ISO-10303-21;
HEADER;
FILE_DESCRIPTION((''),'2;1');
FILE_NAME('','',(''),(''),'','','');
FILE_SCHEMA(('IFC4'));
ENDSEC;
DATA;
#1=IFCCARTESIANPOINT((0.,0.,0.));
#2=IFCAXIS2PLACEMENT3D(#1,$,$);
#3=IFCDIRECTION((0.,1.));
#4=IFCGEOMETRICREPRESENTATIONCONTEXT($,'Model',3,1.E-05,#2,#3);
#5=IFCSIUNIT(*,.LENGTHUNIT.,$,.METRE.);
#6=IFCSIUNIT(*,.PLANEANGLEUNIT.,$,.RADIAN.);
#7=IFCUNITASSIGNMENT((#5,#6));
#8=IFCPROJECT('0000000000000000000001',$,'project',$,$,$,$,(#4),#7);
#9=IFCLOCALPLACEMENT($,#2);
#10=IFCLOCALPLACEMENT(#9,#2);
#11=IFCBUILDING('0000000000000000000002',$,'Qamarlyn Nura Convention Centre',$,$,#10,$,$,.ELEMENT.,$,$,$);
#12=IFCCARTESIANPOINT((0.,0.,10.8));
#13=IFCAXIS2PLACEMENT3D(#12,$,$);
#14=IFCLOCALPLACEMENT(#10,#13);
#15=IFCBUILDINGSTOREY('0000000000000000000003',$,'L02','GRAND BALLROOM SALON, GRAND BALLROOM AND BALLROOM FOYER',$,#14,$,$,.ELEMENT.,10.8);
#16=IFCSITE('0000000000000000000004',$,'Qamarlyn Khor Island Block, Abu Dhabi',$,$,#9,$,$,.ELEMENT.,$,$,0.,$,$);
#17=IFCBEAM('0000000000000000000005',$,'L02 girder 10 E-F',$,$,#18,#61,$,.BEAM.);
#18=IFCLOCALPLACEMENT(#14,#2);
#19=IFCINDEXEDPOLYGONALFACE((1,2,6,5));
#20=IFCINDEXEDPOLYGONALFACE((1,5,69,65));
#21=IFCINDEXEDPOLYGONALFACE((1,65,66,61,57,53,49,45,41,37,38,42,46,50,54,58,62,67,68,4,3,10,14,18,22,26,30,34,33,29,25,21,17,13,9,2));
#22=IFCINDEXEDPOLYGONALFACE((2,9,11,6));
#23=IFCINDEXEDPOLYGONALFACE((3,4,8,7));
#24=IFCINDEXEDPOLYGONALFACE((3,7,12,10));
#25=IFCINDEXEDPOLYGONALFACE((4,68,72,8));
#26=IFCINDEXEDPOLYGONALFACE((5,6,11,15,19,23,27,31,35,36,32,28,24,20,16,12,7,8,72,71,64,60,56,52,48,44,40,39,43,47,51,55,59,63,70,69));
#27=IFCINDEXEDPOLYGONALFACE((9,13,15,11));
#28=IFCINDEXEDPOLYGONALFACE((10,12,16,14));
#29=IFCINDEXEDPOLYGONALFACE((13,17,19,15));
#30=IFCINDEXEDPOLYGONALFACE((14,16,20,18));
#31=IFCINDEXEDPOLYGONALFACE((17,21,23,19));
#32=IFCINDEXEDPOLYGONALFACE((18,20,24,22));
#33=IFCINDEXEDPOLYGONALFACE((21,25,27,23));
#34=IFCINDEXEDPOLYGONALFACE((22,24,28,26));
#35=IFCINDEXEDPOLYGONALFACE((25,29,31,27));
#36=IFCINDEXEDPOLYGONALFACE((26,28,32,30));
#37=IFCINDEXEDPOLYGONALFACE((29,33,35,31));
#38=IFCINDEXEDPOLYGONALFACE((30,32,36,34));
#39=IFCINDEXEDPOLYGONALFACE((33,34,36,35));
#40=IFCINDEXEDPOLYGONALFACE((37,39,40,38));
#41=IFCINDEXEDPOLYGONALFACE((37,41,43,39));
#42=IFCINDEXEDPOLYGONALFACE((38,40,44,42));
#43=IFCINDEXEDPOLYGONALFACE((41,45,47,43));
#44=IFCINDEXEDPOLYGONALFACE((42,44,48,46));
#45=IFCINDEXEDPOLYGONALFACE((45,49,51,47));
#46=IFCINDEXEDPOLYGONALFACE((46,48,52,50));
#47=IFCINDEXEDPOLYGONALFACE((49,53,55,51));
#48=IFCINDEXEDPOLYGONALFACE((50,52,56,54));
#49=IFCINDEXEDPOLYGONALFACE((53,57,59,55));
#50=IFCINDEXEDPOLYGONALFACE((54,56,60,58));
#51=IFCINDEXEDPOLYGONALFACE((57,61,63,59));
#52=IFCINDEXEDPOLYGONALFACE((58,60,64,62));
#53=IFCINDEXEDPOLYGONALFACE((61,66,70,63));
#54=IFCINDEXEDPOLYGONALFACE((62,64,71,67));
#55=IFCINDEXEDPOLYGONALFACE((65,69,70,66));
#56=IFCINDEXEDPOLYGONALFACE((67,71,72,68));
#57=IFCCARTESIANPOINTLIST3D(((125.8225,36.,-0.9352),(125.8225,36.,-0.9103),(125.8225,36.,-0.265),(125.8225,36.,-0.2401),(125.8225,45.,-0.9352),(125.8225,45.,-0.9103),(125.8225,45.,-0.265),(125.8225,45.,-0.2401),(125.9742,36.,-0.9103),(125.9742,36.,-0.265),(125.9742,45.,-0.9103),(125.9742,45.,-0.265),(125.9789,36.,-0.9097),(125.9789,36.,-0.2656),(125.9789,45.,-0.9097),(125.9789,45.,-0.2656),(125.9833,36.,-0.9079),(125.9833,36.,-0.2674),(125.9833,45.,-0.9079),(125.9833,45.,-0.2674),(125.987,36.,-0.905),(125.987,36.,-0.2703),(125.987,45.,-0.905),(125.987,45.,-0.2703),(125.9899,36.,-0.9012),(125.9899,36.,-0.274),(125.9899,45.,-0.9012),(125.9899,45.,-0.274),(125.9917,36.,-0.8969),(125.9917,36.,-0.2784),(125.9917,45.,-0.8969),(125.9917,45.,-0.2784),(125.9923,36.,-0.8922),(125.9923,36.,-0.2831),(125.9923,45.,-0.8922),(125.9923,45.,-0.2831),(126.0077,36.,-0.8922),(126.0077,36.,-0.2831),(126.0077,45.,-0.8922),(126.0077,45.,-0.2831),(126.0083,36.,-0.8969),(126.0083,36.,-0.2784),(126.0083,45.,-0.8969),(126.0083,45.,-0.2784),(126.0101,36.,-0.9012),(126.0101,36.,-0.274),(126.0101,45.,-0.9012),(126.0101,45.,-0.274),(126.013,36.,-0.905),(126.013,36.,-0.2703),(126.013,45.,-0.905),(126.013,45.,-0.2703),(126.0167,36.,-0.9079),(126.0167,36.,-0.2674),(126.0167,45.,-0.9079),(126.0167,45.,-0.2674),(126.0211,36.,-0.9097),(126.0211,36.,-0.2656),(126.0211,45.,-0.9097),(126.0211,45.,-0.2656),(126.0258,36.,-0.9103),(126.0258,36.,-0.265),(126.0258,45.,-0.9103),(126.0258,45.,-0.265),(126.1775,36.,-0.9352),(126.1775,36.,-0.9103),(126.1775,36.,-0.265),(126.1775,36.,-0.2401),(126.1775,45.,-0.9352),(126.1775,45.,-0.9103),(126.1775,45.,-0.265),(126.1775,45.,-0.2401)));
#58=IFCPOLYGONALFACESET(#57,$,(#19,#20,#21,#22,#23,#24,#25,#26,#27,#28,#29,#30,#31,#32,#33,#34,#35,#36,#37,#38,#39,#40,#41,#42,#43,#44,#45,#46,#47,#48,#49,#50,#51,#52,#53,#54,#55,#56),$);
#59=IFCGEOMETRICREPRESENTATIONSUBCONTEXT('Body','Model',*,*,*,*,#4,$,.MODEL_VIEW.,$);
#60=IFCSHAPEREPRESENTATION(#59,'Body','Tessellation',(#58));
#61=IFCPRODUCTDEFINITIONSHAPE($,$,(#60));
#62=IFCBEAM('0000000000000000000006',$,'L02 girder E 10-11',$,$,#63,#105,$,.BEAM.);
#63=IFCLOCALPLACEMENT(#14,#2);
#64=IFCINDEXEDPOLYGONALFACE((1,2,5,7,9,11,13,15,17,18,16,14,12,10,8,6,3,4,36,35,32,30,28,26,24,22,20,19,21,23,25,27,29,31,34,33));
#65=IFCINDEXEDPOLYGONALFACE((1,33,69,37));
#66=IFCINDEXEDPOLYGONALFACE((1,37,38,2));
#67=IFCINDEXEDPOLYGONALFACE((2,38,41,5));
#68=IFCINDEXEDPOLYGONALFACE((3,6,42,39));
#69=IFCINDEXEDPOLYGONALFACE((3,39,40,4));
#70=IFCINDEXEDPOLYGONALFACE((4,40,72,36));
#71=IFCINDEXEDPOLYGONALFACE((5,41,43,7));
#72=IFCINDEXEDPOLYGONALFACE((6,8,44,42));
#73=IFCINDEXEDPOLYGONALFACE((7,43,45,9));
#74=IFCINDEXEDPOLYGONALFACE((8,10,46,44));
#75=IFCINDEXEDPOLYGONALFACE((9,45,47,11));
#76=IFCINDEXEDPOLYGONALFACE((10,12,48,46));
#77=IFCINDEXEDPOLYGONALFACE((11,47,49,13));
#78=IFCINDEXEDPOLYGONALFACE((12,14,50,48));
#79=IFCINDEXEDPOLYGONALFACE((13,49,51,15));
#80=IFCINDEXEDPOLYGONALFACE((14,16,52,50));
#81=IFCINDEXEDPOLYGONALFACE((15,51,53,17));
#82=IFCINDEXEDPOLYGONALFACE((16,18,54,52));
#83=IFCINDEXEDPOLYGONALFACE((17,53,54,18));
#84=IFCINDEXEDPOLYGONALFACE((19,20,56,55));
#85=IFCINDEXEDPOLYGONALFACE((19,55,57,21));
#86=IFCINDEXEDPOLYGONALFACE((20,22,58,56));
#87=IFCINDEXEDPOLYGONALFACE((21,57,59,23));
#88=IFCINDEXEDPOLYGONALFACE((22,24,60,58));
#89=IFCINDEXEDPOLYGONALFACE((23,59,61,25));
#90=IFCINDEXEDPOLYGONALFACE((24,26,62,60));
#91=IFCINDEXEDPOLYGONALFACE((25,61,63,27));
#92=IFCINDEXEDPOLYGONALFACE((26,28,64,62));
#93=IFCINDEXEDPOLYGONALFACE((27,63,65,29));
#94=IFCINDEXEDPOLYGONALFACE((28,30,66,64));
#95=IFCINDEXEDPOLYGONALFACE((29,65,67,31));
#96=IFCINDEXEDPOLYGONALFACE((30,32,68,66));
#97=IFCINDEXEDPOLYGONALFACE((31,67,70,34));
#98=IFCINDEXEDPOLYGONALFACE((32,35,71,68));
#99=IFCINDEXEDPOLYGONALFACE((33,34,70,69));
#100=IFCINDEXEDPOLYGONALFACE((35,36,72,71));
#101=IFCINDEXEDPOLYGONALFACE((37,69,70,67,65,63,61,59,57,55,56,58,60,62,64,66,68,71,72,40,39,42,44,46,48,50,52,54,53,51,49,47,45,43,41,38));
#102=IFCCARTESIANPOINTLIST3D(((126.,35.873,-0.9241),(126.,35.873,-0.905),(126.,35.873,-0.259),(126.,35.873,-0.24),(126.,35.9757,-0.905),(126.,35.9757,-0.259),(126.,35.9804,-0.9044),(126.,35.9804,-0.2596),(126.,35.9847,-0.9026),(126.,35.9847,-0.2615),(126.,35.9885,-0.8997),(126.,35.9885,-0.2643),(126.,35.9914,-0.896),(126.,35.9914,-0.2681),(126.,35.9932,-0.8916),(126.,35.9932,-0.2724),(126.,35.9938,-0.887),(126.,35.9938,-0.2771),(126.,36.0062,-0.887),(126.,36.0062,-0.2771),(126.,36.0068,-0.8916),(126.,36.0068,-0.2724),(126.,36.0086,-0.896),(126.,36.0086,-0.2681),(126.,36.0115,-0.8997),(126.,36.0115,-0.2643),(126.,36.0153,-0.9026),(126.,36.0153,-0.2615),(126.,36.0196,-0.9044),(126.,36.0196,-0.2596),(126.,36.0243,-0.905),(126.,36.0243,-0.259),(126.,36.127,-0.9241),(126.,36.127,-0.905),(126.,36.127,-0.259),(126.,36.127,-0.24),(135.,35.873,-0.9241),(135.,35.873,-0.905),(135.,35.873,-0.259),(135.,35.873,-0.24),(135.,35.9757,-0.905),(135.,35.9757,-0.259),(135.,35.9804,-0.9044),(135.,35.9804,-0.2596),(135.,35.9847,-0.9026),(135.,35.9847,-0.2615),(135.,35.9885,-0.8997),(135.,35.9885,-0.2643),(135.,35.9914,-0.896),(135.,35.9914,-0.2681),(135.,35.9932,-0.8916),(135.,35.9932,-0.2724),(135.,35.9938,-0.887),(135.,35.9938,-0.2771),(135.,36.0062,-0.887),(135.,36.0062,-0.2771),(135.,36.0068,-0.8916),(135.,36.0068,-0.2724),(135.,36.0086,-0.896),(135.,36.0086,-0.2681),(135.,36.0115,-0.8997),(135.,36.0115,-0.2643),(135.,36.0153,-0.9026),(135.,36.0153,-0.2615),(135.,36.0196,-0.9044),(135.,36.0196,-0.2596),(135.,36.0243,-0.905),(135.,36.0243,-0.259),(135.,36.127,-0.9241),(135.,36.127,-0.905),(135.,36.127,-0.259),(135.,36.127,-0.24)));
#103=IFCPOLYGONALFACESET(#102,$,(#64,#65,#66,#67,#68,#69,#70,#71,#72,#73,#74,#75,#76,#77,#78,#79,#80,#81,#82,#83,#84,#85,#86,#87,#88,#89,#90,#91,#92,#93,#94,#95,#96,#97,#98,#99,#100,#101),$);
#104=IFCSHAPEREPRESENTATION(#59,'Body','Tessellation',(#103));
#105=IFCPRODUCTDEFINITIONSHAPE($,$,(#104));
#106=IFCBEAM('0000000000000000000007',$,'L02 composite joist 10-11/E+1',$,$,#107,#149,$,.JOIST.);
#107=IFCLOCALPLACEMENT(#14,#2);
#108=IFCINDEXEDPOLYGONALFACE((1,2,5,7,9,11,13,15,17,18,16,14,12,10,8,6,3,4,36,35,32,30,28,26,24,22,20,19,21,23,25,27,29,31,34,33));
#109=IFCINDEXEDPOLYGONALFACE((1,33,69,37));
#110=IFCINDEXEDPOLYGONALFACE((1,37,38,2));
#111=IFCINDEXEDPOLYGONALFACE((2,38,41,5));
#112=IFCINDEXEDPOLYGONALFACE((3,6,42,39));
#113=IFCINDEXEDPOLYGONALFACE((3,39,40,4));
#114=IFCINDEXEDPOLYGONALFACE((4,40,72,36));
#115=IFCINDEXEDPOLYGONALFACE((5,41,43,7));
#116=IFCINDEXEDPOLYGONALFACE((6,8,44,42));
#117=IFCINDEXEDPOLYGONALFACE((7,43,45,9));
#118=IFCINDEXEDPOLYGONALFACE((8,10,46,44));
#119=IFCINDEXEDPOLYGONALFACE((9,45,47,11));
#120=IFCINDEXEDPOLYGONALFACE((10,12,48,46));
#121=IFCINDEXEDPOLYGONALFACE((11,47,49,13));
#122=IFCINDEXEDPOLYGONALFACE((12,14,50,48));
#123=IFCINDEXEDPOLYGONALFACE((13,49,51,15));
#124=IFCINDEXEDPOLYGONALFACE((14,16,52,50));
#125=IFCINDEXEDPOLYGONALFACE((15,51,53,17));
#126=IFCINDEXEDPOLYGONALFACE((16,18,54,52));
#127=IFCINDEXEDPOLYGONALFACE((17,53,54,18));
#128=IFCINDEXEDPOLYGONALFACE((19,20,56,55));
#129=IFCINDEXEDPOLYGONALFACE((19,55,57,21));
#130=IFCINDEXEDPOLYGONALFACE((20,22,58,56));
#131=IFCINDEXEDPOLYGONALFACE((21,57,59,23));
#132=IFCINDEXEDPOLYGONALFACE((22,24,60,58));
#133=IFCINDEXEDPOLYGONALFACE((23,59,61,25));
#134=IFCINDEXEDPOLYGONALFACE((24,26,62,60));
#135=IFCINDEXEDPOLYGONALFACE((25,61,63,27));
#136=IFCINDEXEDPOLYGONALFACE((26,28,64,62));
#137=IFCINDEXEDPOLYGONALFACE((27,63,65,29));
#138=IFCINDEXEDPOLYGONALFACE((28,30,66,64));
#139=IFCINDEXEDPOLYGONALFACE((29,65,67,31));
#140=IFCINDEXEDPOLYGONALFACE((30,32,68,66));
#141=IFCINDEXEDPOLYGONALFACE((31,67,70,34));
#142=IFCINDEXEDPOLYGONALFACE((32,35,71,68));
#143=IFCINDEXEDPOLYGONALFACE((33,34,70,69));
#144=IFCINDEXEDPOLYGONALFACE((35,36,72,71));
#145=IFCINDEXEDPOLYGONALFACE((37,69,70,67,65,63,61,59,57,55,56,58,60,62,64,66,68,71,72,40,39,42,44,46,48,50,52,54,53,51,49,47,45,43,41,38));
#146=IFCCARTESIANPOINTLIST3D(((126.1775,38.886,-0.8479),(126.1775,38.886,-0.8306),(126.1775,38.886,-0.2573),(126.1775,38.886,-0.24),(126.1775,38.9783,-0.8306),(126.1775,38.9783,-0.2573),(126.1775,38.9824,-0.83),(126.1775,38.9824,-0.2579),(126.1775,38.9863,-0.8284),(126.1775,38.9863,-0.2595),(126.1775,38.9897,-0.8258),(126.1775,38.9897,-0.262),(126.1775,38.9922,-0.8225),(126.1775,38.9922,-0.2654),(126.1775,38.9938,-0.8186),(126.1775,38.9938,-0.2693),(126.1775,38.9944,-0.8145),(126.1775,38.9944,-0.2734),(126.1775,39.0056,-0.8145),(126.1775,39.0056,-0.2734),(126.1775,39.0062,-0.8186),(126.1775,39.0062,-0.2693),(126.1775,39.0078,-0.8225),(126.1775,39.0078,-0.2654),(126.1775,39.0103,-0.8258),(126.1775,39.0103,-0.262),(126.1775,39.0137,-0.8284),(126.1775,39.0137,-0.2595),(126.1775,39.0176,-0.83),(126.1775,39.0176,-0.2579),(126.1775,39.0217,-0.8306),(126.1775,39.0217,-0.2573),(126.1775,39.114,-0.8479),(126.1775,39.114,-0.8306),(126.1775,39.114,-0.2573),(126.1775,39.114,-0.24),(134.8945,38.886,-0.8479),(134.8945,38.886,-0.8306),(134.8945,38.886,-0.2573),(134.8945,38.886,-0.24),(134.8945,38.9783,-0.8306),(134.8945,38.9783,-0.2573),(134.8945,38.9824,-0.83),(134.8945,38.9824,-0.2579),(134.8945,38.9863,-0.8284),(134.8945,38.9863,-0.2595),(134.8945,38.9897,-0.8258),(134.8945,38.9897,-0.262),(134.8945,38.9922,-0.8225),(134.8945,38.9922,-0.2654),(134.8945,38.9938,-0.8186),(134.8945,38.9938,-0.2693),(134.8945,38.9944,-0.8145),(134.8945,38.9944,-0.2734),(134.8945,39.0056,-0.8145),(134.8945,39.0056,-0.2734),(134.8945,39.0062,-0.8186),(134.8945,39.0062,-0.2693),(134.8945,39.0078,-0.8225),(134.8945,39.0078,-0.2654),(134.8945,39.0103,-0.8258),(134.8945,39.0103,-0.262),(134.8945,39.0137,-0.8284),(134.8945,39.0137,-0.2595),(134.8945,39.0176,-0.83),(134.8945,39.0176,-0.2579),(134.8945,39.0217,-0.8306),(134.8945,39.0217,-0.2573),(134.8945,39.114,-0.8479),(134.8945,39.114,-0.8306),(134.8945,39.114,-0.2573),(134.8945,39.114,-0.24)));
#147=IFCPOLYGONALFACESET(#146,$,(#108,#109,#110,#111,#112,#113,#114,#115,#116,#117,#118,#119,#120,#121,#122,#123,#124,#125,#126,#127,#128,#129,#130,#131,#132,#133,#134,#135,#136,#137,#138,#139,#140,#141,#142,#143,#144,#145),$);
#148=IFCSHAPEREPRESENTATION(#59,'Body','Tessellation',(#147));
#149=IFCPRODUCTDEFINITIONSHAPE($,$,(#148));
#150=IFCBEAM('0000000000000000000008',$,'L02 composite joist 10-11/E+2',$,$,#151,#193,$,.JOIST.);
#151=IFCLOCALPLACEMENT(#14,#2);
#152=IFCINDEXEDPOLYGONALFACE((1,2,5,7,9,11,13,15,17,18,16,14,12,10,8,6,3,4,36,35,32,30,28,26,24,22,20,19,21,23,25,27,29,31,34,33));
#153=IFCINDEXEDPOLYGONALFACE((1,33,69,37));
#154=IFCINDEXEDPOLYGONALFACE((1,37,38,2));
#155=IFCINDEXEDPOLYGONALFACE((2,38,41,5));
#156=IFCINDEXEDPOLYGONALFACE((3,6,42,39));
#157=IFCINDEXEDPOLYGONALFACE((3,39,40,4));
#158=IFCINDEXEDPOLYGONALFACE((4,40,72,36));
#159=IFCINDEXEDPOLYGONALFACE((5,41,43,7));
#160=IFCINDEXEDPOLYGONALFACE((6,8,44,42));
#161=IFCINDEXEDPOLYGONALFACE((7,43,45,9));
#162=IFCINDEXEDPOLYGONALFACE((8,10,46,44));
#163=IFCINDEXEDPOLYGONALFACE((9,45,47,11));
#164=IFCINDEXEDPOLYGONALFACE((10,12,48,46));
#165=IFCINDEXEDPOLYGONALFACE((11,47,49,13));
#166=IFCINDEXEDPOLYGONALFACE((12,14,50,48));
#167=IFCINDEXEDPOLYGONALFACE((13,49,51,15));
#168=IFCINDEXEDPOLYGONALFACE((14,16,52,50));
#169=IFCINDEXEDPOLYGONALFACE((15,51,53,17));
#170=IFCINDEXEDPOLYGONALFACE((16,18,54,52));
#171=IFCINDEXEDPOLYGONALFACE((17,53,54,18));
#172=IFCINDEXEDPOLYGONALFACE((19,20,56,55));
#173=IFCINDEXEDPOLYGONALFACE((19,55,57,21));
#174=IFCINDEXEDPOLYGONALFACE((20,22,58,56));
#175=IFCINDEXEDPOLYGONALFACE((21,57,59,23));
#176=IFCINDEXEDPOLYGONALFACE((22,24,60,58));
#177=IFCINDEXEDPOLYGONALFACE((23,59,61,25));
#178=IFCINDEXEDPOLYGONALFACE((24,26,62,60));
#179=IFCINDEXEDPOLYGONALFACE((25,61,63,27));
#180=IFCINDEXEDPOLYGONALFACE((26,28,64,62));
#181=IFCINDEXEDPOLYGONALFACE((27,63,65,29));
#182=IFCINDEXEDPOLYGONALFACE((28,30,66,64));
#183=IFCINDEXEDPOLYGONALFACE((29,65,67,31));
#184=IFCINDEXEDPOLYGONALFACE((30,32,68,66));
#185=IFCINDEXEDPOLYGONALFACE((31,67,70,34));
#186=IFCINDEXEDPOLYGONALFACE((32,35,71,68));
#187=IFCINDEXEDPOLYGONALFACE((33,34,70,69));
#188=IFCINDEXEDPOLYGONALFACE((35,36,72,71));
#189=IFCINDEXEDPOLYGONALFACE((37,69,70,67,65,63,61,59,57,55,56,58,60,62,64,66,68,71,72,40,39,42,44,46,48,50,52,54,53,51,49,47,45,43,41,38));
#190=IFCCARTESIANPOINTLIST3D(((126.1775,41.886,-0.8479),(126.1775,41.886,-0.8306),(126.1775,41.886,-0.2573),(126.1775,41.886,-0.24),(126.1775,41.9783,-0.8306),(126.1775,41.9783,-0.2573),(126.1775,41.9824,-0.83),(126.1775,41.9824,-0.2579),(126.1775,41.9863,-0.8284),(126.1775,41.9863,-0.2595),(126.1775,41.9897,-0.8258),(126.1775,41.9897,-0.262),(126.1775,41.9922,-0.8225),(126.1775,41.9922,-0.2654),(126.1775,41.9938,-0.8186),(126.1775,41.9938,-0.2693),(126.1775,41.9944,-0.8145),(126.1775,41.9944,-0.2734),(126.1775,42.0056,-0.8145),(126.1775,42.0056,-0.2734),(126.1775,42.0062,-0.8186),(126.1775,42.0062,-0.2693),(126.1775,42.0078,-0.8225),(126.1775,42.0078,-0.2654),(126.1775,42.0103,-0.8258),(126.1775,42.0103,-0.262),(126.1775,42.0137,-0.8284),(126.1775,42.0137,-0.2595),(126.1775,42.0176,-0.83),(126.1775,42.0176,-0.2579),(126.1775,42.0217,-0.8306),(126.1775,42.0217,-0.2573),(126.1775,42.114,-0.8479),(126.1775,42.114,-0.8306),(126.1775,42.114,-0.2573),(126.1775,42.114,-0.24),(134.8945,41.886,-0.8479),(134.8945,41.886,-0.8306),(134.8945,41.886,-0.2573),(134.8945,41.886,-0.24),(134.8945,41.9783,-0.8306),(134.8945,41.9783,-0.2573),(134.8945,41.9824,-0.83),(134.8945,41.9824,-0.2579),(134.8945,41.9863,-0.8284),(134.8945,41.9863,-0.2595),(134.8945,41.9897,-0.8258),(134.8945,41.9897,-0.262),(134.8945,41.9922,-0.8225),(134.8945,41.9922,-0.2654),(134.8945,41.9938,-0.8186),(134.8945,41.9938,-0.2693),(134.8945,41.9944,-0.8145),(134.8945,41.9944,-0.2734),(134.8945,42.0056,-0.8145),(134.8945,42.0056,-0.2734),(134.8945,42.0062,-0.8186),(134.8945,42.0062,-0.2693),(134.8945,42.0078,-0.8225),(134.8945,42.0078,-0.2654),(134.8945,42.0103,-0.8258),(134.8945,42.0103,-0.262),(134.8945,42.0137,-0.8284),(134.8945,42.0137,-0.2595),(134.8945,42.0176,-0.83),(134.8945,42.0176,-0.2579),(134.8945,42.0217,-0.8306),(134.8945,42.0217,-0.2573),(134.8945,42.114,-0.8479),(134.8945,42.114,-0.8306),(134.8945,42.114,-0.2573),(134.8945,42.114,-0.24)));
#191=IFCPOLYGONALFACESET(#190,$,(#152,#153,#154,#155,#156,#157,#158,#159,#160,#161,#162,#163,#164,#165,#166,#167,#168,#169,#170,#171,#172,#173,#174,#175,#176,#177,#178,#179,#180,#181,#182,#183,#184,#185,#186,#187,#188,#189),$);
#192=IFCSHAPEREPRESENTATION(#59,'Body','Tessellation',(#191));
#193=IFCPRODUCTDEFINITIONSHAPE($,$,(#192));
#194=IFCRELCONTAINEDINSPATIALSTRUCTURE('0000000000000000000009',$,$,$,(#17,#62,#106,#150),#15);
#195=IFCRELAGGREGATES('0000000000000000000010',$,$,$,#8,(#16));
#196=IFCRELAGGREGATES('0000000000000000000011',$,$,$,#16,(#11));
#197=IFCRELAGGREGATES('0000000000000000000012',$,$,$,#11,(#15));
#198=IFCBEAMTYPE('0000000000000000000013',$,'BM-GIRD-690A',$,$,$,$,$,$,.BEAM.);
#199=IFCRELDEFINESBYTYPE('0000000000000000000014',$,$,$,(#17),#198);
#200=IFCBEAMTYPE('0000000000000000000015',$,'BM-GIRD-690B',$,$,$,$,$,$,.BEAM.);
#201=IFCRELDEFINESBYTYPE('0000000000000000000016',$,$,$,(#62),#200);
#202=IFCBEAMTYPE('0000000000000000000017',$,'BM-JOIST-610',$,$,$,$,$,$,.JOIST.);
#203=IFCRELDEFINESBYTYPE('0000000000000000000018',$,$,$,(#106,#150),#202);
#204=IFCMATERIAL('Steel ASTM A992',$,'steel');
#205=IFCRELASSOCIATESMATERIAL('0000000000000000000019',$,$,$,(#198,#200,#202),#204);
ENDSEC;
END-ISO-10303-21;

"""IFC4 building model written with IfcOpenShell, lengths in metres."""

from ifc_helpers import new_model, si_unit, direction, frame, origin, origin_2d, place, context, subcontext, project, spatial, i_section, extrude, material, material_profile, profile_set, type_object, element, save


model = new_model("IFC4")

# Units and contexts
model_context = context("Model", 3, precision=1e-05, world=origin(), true_north=direction((0.0, 1.0)))
body_context = subcontext(model_context, "Body", "Model", "MODEL_VIEW")
ifc_project = project(units=[si_unit("LENGTHUNIT", "METRE"), si_unit("PLANEANGLEUNIT", "RADIAN")], contexts=[model_context])

# Site, building, storey
site_placement = place(None, origin())
site = spatial("IfcSite", under=ifc_project, at=site_placement, Name="Qamarlyn Khor Island Block, Abu Dhabi", CompositionType="ELEMENT", RefElevation=0.0)
building_placement = place(site_placement, origin())
building = spatial("IfcBuilding", under=site, at=building_placement, Name="Qamarlyn Nura Convention Centre", CompositionType="ELEMENT")
storey_placement = place(building_placement, frame((0.0, 0.0, 10.8)))
storey = spatial("IfcBuildingStorey", under=building, at=storey_placement, Name="L02", Description="GRAND BALLROOM SALON, GRAND BALLROOM AND BALLROOM FOYER", CompositionType="ELEMENT", Elevation=10.8)

# Shared definitions
ifc_material_1 = material(Name="Steel ASTM A992", Category="steel")

# Beams
ifc_material_profile_1 = material_profile(ifc_material_1, i_section(OverallWidth=0.355, OverallDepth=0.6951, WebThickness=0.0154, FlangeThickness=0.0249, FilletRadius=0.0181, at=origin_2d()), Name="W690X217")
ifc_profile_set_1 = profile_set([ifc_material_profile_1], Name="Steel ASTM A992")
beam_type_1 = type_object("IfcBeamType", Name="BM-GIRD-690A", PredefinedType="BEAM", material=ifc_profile_set_1)
beam_1_placement = place(storey_placement, frame((126.0, 36.0, -0.5876), z_axis=(0.0, 1.0, 0.0), x_axis=(-1.0, 0.0, 0.0)))
element("IfcBeam", 1, at=beam_1_placement, inside=storey, type_object=beam_type_1, Name="L02 girder 10 E-F", PredefinedType="BEAM", context=body_context, shape_type="SweptSolid", body=[
    extrude(i_section(OverallWidth=0.355, OverallDepth=0.6951, WebThickness=0.0154, FlangeThickness=0.0249, FilletRadius=0.0181, at=origin_2d()), origin(), (0.0, 0.0, 1.0), 9.0),
])
ifc_material_profile_2 = material_profile(ifc_material_1, i_section(OverallWidth=0.2539, OverallDepth=0.6841, WebThickness=0.0125, FlangeThickness=0.019, FilletRadius=0.0181, at=origin_2d()), Name="W690X140")
ifc_profile_set_2 = profile_set([ifc_material_profile_2], Name="Steel ASTM A992")
beam_type_2 = type_object("IfcBeamType", Name="BM-GIRD-690B", PredefinedType="BEAM", material=ifc_profile_set_2)
beam_2_placement = place(storey_placement, frame((126.0, 36.0, -0.582), z_axis=(1.0, 0.0, 0.0), x_axis=(0.0, 1.0, 0.0)))
element("IfcBeam", 2, at=beam_2_placement, inside=storey, type_object=beam_type_2, Name="L02 girder E 10-11", PredefinedType="BEAM", context=body_context, shape_type="SweptSolid", body=[
    extrude(i_section(OverallWidth=0.2539, OverallDepth=0.6841, WebThickness=0.0125, FlangeThickness=0.019, FilletRadius=0.0181, at=origin_2d()), origin(), (0.0, 0.0, 1.0), 9.0),
])
ifc_material_profile_3 = material_profile(ifc_material_1, i_section(OverallWidth=0.228, OverallDepth=0.6079, WebThickness=0.0112, FlangeThickness=0.0173, FilletRadius=0.0161, at=origin_2d()), Name="W610X113")
ifc_profile_set_3 = profile_set([ifc_material_profile_3], Name="Steel ASTM A992")
beam_type_3 = type_object("IfcBeamType", Name="BM-JOIST-610", PredefinedType="JOIST", material=ifc_profile_set_3)
for number, where, z_axis, x_axis, name in (
    (3, (126.1775, 39.0, -0.5439), (1.0, 0.0, 0.0), (0.0, 1.0, 0.0), "L02 composite joist 10-11/E+1"),
    (4, (126.1775, 42.0, -0.5439), (1.0, 0.0, 0.0), (0.0, 1.0, 0.0), "L02 composite joist 10-11/E+2"),
):
    element("IfcBeam", number, at=place(storey_placement, frame(where, z_axis=z_axis, x_axis=x_axis)), inside=storey, type_object=beam_type_3, Name=name, PredefinedType="JOIST", context=body_context, shape_type="SweptSolid", body=[
        extrude(i_section(OverallWidth=0.228, OverallDepth=0.6079, WebThickness=0.0112, FlangeThickness=0.0173, FilletRadius=0.0161, at=origin_2d()), origin(), (0.0, 0.0, 1.0), 8.717),
    ])

save(model, "model.ifc")
